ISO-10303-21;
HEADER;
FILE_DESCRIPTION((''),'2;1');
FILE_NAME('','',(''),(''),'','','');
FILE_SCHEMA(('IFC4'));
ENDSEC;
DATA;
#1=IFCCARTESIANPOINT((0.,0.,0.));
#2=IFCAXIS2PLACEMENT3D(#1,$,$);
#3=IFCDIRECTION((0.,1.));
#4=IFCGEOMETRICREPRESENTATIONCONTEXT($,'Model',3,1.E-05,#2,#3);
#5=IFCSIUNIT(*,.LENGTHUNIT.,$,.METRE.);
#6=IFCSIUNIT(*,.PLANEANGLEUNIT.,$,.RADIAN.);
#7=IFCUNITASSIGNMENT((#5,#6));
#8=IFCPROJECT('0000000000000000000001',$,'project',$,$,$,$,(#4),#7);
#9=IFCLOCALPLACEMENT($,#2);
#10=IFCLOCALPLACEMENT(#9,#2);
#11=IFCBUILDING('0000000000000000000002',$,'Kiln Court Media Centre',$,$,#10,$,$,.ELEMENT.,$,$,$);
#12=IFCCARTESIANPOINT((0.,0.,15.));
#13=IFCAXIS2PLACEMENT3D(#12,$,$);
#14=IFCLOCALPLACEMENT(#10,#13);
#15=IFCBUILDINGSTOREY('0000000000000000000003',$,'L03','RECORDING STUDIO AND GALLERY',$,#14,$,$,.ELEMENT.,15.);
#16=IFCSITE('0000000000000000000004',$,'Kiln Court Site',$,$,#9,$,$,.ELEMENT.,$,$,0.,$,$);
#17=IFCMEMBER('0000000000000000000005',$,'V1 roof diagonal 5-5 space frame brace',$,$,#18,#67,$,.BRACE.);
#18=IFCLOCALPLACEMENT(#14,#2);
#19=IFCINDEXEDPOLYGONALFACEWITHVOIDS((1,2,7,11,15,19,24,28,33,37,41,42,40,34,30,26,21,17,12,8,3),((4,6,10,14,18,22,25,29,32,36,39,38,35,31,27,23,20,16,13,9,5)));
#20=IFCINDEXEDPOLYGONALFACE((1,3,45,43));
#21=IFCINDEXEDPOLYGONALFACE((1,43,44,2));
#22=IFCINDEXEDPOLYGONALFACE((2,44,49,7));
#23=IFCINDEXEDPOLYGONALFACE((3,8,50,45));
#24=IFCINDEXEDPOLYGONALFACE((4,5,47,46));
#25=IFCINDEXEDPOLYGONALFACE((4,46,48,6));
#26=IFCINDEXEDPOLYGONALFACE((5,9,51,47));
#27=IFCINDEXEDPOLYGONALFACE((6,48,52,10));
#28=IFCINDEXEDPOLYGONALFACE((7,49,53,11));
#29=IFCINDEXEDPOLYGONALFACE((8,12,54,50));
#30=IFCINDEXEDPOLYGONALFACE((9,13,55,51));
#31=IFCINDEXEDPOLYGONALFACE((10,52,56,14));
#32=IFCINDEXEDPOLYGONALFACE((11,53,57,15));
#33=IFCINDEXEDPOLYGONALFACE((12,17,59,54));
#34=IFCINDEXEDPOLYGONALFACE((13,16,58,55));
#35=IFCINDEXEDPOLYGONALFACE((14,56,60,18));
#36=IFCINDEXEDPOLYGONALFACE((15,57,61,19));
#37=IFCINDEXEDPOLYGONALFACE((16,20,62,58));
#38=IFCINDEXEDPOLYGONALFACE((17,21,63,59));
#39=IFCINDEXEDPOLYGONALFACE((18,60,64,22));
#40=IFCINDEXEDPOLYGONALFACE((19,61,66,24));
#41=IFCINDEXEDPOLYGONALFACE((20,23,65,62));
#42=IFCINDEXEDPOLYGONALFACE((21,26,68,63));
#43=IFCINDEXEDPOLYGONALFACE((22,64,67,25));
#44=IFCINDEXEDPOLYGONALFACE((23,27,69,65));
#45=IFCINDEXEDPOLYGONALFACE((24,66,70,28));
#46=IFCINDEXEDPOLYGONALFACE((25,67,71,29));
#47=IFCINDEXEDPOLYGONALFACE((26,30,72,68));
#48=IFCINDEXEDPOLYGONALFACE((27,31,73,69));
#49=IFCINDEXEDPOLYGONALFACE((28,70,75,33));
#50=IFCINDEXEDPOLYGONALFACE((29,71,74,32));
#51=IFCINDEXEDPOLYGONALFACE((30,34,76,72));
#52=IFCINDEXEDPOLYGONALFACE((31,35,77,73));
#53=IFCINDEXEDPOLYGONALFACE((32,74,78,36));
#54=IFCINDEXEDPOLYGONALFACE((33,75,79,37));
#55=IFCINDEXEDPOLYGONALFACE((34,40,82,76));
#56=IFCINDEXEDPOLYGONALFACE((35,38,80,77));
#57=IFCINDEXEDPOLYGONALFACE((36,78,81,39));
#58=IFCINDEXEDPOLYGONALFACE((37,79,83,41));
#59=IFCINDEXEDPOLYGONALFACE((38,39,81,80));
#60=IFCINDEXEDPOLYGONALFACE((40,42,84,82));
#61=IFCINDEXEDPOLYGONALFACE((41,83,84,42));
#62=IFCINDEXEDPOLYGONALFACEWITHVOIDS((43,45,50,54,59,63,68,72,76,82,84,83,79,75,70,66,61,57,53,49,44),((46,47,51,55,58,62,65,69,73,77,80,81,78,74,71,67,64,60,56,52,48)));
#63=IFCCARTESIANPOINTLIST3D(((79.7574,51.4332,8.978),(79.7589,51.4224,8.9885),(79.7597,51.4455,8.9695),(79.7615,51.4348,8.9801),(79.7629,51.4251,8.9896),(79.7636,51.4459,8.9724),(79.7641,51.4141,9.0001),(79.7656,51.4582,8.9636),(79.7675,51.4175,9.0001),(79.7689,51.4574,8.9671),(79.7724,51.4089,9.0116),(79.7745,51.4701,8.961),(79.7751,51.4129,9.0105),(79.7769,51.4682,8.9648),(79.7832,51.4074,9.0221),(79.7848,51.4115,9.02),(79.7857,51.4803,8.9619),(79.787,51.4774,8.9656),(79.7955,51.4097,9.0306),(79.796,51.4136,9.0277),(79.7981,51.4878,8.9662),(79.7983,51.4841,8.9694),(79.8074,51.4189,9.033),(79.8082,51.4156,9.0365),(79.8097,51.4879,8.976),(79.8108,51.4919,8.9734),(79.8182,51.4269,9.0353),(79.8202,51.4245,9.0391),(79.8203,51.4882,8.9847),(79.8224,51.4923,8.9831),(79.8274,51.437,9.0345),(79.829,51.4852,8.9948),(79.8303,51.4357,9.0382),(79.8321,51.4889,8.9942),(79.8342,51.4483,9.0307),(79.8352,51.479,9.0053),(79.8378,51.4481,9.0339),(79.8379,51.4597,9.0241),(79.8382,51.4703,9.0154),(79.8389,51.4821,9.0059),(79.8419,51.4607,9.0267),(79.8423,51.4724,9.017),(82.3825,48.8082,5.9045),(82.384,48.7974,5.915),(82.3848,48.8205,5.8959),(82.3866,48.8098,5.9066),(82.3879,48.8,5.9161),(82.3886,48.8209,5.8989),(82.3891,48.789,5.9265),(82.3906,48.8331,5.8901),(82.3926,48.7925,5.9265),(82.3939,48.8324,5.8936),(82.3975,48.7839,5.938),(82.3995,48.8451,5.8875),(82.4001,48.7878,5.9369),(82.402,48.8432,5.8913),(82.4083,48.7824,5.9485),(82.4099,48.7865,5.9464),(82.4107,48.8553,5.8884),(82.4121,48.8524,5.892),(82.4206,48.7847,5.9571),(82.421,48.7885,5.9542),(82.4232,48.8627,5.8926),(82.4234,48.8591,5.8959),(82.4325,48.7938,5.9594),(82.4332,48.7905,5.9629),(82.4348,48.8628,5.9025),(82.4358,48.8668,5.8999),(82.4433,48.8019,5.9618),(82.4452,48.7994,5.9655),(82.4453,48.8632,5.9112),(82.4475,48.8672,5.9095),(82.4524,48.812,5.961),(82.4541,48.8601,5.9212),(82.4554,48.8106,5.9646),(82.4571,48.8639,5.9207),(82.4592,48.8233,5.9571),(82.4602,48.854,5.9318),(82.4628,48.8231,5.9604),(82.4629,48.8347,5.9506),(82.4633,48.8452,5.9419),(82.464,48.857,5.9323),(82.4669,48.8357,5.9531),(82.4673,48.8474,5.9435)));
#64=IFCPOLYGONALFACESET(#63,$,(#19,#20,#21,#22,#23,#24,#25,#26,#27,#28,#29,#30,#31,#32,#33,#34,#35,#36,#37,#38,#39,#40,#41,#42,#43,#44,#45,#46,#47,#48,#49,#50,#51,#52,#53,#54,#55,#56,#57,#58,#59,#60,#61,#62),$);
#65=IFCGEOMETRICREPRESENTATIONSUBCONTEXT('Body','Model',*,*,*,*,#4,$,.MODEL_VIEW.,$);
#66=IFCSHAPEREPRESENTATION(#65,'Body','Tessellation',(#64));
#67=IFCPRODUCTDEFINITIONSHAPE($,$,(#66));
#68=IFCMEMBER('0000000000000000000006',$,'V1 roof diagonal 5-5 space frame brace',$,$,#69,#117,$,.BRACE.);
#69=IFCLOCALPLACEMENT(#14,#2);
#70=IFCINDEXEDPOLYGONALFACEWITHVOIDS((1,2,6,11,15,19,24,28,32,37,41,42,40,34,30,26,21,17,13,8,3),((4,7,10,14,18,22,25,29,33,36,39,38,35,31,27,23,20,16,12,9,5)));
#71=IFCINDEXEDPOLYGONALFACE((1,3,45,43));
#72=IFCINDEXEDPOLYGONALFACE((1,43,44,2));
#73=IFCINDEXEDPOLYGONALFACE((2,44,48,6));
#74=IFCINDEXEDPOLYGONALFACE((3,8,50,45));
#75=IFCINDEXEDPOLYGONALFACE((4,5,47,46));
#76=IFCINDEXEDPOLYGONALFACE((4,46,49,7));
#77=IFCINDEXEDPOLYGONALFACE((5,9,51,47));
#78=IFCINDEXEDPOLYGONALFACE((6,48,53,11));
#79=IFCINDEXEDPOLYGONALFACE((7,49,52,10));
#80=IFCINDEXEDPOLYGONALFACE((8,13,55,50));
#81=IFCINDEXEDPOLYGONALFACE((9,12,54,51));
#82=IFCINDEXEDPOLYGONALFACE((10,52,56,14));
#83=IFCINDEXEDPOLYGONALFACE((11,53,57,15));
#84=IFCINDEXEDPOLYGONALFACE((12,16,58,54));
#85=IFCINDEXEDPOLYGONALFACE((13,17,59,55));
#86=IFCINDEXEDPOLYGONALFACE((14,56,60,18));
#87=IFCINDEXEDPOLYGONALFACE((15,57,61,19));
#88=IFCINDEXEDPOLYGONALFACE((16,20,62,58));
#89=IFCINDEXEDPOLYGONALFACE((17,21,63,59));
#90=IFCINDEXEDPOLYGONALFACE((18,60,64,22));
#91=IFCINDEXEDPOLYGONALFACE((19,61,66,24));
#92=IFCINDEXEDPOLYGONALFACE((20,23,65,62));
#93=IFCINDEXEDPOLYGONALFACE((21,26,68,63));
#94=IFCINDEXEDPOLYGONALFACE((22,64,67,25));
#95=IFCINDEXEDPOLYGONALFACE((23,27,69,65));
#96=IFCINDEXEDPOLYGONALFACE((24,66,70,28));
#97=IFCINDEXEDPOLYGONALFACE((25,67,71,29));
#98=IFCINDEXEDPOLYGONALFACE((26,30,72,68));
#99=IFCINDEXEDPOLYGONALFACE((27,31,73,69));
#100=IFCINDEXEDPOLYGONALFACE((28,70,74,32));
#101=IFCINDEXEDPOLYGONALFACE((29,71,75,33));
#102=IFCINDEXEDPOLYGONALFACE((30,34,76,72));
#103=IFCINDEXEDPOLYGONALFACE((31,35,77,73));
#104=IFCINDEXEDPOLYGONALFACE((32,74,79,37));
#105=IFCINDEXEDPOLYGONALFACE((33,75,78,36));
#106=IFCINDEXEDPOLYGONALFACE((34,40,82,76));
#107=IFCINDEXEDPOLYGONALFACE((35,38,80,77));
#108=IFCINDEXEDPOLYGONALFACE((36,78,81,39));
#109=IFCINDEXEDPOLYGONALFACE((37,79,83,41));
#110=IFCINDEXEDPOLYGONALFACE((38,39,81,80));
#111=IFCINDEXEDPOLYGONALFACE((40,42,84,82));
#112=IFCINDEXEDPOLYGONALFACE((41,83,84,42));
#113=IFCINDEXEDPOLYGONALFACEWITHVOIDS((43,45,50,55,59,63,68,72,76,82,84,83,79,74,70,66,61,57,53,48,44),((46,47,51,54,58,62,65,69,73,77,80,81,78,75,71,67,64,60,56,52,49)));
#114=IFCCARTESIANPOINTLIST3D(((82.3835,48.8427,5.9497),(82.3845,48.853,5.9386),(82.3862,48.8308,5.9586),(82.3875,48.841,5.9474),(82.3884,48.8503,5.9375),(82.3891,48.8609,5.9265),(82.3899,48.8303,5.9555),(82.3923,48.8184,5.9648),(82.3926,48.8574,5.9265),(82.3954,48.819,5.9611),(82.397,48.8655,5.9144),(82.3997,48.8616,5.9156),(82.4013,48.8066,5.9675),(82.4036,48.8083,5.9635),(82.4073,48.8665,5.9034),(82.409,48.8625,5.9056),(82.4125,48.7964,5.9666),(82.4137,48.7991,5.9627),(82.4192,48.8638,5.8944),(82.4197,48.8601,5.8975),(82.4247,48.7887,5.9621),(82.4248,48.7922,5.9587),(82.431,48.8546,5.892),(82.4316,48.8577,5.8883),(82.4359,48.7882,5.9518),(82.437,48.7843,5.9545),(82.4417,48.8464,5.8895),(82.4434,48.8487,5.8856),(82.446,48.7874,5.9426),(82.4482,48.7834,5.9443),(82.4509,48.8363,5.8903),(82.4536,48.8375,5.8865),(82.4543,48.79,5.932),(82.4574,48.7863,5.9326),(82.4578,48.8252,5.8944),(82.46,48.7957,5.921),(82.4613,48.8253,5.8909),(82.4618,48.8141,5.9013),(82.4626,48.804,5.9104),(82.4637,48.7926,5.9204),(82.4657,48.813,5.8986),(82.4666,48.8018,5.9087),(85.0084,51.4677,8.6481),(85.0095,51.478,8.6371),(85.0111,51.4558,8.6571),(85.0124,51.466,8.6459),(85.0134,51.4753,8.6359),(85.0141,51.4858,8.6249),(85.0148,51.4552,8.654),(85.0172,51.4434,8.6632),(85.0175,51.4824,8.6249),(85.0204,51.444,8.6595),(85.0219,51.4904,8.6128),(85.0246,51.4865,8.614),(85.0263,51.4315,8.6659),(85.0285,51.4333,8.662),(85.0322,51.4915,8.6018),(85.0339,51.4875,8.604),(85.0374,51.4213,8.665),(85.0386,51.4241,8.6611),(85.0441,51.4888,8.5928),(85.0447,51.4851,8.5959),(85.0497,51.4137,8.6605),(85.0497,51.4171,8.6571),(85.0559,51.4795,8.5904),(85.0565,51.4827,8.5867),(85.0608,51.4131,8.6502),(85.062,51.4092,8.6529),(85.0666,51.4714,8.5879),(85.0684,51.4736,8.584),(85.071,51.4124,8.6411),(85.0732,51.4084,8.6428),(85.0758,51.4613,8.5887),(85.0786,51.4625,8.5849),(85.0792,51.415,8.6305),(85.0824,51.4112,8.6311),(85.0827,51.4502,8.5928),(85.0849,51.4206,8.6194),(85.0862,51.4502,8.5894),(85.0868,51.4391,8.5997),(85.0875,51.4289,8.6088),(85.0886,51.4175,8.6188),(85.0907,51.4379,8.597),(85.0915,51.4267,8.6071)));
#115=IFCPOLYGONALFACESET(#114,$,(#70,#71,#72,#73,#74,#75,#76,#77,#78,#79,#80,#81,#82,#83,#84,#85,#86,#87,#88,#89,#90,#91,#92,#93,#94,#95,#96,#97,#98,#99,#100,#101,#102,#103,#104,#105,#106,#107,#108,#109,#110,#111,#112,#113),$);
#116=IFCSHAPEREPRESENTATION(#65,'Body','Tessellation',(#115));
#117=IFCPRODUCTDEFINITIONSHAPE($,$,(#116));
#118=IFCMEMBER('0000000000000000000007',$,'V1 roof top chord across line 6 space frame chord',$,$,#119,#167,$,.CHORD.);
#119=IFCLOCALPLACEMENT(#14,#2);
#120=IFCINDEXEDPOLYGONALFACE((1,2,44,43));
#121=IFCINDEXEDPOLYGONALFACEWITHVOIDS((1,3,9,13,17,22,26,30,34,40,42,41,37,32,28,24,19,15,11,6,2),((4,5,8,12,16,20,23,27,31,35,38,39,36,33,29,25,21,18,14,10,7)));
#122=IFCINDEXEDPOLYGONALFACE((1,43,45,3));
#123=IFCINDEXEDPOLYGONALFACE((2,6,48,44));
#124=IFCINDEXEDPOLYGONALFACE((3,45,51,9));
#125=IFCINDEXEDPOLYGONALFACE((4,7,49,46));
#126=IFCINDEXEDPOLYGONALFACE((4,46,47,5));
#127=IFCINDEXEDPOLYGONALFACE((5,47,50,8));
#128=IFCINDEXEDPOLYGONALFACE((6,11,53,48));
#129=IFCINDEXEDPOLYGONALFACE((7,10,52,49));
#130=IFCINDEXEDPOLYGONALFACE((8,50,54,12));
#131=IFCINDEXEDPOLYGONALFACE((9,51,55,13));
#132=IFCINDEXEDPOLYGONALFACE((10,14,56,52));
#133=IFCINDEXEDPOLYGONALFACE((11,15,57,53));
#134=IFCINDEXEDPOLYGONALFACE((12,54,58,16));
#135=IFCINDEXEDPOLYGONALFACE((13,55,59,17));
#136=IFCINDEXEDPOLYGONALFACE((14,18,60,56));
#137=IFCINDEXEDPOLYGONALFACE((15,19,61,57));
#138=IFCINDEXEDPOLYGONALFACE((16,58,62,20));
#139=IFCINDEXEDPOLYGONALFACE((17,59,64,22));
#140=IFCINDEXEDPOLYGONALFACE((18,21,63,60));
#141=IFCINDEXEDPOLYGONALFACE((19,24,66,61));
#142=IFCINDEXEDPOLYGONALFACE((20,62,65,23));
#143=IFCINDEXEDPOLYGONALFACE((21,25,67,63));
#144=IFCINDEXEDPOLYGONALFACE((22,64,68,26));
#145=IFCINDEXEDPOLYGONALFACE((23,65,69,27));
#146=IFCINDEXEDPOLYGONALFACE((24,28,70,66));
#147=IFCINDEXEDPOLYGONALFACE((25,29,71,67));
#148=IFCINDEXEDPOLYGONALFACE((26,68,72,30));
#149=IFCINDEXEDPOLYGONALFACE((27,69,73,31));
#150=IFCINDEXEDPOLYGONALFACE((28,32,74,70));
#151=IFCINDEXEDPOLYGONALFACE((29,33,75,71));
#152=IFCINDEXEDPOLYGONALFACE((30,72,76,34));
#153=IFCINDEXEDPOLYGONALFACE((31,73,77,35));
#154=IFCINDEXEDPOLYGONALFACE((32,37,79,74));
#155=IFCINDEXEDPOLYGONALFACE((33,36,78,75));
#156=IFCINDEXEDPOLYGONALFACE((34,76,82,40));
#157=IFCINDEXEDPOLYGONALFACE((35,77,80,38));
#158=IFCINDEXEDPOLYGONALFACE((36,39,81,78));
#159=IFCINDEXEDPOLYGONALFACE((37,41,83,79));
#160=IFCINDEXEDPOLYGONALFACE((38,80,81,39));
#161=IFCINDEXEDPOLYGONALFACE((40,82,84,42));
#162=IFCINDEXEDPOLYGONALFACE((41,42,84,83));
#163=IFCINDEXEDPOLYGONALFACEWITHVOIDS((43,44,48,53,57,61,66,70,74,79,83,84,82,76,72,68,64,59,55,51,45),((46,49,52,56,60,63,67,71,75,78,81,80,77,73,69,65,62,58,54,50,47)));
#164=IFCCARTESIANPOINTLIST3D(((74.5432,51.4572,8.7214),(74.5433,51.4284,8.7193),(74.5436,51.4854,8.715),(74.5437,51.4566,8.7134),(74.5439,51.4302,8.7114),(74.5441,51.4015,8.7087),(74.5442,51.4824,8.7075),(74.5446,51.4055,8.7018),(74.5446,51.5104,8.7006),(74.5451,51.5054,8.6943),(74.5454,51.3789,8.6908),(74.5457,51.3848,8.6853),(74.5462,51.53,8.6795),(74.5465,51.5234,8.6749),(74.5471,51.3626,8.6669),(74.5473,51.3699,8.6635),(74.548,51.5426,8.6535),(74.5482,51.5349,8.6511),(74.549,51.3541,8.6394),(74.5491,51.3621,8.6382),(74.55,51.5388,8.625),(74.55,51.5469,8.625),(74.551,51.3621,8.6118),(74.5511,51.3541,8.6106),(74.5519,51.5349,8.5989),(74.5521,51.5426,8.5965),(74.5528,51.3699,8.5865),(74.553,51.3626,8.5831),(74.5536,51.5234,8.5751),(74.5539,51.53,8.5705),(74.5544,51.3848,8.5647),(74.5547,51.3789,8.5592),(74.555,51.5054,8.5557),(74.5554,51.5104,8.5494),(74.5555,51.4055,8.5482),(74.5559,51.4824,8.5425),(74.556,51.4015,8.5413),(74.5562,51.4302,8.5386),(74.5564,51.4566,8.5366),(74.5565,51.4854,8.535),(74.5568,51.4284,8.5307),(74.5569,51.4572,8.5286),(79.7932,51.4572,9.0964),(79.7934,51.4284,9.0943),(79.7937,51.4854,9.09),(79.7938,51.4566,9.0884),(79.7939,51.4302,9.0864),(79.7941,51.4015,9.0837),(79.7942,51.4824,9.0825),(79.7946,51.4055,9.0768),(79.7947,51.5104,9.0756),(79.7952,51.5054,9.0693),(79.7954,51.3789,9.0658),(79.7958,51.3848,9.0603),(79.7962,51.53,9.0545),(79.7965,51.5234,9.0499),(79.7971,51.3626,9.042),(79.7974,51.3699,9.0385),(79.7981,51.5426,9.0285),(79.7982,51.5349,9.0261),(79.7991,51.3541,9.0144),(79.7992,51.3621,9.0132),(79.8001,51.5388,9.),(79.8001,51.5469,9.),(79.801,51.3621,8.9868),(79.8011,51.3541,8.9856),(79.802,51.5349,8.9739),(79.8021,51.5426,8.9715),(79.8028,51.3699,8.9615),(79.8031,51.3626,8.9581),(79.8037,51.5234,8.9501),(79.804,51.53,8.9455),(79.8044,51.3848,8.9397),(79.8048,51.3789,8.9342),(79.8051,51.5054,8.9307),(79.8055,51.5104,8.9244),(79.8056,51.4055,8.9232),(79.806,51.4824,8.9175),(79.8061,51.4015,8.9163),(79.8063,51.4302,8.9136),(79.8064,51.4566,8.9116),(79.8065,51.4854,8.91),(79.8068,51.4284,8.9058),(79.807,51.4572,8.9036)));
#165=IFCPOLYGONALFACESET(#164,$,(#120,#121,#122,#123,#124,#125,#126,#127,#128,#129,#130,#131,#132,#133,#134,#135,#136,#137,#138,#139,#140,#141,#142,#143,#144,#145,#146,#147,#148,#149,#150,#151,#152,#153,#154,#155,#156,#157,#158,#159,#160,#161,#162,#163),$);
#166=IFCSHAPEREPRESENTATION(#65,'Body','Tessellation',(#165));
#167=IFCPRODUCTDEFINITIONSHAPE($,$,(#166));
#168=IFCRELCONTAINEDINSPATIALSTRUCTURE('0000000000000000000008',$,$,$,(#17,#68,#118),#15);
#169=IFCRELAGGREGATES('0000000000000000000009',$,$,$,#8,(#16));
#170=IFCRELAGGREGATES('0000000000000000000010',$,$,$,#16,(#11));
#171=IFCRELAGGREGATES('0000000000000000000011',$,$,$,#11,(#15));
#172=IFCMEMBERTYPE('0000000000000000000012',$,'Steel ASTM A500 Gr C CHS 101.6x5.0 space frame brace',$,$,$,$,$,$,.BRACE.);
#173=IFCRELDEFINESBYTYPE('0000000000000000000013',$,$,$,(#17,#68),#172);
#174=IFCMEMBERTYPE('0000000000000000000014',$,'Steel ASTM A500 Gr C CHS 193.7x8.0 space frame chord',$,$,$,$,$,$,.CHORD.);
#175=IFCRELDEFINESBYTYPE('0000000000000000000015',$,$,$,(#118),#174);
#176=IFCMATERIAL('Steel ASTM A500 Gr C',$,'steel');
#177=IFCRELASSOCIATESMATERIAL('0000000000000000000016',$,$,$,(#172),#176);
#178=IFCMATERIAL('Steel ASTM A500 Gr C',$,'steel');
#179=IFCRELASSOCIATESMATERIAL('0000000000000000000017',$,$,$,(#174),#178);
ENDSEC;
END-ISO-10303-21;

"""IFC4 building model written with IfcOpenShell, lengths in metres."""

from ifc_helpers import new_model, si_unit, direction, frame, origin, origin_2d, place, context, subcontext, project, spatial, hollow_circle, extrude, material, material_profile, profile_set, type_object, element, save


model = new_model("IFC4")

# Units and contexts
model_context = context("Model", 3, precision=1e-05, world=origin(), true_north=direction((0.0, 1.0)))
body_context = subcontext(model_context, "Body", "Model", "MODEL_VIEW")
ifc_project = project(units=[si_unit("LENGTHUNIT", "METRE"), si_unit("PLANEANGLEUNIT", "RADIAN")], contexts=[model_context])

# Site, building, storey
site_placement = place(None, origin())
site = spatial("IfcSite", under=ifc_project, at=site_placement, Name="Kiln Court Site", CompositionType="ELEMENT", RefElevation=0.0)
building_placement = place(site_placement, origin())
building = spatial("IfcBuilding", under=site, at=building_placement, Name="Kiln Court Media Centre", CompositionType="ELEMENT")
storey_placement = place(building_placement, frame((0.0, 0.0, 15.0)))
storey = spatial("IfcBuildingStorey", under=building, at=storey_placement, Name="L03", Description="RECORDING STUDIO AND GALLERY", CompositionType="ELEMENT", Elevation=15.0)

# Members
ifc_material_1 = material(Name="Steel ASTM A500 Gr C", Category="steel")
ifc_material_profile_1 = material_profile(ifc_material_1, hollow_circle(Radius=0.0508, WallThickness=0.0049, at=origin_2d()), Name="CHS 101.6x5.0")
ifc_profile_set_1 = profile_set([ifc_material_profile_1], Name="Steel ASTM A500 Gr C")
member_type_1 = type_object("IfcMemberType", Name="Steel ASTM A500 Gr C CHS 101.6x5.0 space frame brace", PredefinedType="BRACE", material=ifc_profile_set_1)
member_1_placement = place(storey_placement, frame((82.425, 48.825, 5.9265), z_axis=(-0.544662, 0.544662, 0.637719), x_axis=(-0.707107, -0.707107, 0.0)))
element("IfcMember", 1, at=member_1_placement, inside=storey, type_object=member_type_1, Name="V1 roof diagonal 5-5 space frame brace", PredefinedType="BRACE", context=body_context, shape_type="SweptSolid", body=[
    extrude(hollow_circle(Radius=0.0508, WallThickness=0.0049, at=origin_2d()), origin(), (0.0, 0.0, 1.0), 4.8196),
])
member_2_placement = place(storey_placement, frame((82.425, 48.825, 5.9265), z_axis=(0.571964, 0.571964, 0.587976), x_axis=(-0.707107, 0.707107, 0.0)))
element("IfcMember", 2, at=member_2_placement, inside=storey, type_object=member_type_1, Name="V1 roof diagonal 5-5 space frame brace", PredefinedType="BRACE", context=body_context, shape_type="SweptSolid", body=[
    extrude(hollow_circle(Radius=0.0508, WallThickness=0.0049, at=origin_2d()), origin(), (0.0, 0.0, 1.0), 4.5894),
])
ifc_material_2 = material(Name="Steel ASTM A500 Gr C", Category="steel")
ifc_material_profile_2 = material_profile(ifc_material_2, hollow_circle(Radius=0.0969, WallThickness=0.0081, at=origin_2d()), Name="CHS 193.7x8.0")
ifc_profile_set_2 = profile_set([ifc_material_profile_2], Name="Steel ASTM A500 Gr C")
member_type_2 = type_object("IfcMemberType", Name="Steel ASTM A500 Gr C CHS 193.7x8.0 space frame chord", PredefinedType="CHORD", material=ifc_profile_set_2)
for number, where, z_axis, x_axis, name in (
    (3, (74.55, 51.45, 8.625), (0.997459, 0.0, 0.071247), (0.0, 1.0, 0.0), "V1 roof top chord across line 6 space frame chord"),
):
    element("IfcMember", number, at=place(storey_placement, frame(where, z_axis=z_axis, x_axis=x_axis)), inside=storey, type_object=member_type_2, Name=name, PredefinedType="CHORD", context=body_context, shape_type="SweptSolid", body=[
        extrude(hollow_circle(Radius=0.0969, WallThickness=0.0081, at=origin_2d()), origin(), (0.0, 0.0, 1.0), 5.2634),
    ])

save(model, "model.ifc")
